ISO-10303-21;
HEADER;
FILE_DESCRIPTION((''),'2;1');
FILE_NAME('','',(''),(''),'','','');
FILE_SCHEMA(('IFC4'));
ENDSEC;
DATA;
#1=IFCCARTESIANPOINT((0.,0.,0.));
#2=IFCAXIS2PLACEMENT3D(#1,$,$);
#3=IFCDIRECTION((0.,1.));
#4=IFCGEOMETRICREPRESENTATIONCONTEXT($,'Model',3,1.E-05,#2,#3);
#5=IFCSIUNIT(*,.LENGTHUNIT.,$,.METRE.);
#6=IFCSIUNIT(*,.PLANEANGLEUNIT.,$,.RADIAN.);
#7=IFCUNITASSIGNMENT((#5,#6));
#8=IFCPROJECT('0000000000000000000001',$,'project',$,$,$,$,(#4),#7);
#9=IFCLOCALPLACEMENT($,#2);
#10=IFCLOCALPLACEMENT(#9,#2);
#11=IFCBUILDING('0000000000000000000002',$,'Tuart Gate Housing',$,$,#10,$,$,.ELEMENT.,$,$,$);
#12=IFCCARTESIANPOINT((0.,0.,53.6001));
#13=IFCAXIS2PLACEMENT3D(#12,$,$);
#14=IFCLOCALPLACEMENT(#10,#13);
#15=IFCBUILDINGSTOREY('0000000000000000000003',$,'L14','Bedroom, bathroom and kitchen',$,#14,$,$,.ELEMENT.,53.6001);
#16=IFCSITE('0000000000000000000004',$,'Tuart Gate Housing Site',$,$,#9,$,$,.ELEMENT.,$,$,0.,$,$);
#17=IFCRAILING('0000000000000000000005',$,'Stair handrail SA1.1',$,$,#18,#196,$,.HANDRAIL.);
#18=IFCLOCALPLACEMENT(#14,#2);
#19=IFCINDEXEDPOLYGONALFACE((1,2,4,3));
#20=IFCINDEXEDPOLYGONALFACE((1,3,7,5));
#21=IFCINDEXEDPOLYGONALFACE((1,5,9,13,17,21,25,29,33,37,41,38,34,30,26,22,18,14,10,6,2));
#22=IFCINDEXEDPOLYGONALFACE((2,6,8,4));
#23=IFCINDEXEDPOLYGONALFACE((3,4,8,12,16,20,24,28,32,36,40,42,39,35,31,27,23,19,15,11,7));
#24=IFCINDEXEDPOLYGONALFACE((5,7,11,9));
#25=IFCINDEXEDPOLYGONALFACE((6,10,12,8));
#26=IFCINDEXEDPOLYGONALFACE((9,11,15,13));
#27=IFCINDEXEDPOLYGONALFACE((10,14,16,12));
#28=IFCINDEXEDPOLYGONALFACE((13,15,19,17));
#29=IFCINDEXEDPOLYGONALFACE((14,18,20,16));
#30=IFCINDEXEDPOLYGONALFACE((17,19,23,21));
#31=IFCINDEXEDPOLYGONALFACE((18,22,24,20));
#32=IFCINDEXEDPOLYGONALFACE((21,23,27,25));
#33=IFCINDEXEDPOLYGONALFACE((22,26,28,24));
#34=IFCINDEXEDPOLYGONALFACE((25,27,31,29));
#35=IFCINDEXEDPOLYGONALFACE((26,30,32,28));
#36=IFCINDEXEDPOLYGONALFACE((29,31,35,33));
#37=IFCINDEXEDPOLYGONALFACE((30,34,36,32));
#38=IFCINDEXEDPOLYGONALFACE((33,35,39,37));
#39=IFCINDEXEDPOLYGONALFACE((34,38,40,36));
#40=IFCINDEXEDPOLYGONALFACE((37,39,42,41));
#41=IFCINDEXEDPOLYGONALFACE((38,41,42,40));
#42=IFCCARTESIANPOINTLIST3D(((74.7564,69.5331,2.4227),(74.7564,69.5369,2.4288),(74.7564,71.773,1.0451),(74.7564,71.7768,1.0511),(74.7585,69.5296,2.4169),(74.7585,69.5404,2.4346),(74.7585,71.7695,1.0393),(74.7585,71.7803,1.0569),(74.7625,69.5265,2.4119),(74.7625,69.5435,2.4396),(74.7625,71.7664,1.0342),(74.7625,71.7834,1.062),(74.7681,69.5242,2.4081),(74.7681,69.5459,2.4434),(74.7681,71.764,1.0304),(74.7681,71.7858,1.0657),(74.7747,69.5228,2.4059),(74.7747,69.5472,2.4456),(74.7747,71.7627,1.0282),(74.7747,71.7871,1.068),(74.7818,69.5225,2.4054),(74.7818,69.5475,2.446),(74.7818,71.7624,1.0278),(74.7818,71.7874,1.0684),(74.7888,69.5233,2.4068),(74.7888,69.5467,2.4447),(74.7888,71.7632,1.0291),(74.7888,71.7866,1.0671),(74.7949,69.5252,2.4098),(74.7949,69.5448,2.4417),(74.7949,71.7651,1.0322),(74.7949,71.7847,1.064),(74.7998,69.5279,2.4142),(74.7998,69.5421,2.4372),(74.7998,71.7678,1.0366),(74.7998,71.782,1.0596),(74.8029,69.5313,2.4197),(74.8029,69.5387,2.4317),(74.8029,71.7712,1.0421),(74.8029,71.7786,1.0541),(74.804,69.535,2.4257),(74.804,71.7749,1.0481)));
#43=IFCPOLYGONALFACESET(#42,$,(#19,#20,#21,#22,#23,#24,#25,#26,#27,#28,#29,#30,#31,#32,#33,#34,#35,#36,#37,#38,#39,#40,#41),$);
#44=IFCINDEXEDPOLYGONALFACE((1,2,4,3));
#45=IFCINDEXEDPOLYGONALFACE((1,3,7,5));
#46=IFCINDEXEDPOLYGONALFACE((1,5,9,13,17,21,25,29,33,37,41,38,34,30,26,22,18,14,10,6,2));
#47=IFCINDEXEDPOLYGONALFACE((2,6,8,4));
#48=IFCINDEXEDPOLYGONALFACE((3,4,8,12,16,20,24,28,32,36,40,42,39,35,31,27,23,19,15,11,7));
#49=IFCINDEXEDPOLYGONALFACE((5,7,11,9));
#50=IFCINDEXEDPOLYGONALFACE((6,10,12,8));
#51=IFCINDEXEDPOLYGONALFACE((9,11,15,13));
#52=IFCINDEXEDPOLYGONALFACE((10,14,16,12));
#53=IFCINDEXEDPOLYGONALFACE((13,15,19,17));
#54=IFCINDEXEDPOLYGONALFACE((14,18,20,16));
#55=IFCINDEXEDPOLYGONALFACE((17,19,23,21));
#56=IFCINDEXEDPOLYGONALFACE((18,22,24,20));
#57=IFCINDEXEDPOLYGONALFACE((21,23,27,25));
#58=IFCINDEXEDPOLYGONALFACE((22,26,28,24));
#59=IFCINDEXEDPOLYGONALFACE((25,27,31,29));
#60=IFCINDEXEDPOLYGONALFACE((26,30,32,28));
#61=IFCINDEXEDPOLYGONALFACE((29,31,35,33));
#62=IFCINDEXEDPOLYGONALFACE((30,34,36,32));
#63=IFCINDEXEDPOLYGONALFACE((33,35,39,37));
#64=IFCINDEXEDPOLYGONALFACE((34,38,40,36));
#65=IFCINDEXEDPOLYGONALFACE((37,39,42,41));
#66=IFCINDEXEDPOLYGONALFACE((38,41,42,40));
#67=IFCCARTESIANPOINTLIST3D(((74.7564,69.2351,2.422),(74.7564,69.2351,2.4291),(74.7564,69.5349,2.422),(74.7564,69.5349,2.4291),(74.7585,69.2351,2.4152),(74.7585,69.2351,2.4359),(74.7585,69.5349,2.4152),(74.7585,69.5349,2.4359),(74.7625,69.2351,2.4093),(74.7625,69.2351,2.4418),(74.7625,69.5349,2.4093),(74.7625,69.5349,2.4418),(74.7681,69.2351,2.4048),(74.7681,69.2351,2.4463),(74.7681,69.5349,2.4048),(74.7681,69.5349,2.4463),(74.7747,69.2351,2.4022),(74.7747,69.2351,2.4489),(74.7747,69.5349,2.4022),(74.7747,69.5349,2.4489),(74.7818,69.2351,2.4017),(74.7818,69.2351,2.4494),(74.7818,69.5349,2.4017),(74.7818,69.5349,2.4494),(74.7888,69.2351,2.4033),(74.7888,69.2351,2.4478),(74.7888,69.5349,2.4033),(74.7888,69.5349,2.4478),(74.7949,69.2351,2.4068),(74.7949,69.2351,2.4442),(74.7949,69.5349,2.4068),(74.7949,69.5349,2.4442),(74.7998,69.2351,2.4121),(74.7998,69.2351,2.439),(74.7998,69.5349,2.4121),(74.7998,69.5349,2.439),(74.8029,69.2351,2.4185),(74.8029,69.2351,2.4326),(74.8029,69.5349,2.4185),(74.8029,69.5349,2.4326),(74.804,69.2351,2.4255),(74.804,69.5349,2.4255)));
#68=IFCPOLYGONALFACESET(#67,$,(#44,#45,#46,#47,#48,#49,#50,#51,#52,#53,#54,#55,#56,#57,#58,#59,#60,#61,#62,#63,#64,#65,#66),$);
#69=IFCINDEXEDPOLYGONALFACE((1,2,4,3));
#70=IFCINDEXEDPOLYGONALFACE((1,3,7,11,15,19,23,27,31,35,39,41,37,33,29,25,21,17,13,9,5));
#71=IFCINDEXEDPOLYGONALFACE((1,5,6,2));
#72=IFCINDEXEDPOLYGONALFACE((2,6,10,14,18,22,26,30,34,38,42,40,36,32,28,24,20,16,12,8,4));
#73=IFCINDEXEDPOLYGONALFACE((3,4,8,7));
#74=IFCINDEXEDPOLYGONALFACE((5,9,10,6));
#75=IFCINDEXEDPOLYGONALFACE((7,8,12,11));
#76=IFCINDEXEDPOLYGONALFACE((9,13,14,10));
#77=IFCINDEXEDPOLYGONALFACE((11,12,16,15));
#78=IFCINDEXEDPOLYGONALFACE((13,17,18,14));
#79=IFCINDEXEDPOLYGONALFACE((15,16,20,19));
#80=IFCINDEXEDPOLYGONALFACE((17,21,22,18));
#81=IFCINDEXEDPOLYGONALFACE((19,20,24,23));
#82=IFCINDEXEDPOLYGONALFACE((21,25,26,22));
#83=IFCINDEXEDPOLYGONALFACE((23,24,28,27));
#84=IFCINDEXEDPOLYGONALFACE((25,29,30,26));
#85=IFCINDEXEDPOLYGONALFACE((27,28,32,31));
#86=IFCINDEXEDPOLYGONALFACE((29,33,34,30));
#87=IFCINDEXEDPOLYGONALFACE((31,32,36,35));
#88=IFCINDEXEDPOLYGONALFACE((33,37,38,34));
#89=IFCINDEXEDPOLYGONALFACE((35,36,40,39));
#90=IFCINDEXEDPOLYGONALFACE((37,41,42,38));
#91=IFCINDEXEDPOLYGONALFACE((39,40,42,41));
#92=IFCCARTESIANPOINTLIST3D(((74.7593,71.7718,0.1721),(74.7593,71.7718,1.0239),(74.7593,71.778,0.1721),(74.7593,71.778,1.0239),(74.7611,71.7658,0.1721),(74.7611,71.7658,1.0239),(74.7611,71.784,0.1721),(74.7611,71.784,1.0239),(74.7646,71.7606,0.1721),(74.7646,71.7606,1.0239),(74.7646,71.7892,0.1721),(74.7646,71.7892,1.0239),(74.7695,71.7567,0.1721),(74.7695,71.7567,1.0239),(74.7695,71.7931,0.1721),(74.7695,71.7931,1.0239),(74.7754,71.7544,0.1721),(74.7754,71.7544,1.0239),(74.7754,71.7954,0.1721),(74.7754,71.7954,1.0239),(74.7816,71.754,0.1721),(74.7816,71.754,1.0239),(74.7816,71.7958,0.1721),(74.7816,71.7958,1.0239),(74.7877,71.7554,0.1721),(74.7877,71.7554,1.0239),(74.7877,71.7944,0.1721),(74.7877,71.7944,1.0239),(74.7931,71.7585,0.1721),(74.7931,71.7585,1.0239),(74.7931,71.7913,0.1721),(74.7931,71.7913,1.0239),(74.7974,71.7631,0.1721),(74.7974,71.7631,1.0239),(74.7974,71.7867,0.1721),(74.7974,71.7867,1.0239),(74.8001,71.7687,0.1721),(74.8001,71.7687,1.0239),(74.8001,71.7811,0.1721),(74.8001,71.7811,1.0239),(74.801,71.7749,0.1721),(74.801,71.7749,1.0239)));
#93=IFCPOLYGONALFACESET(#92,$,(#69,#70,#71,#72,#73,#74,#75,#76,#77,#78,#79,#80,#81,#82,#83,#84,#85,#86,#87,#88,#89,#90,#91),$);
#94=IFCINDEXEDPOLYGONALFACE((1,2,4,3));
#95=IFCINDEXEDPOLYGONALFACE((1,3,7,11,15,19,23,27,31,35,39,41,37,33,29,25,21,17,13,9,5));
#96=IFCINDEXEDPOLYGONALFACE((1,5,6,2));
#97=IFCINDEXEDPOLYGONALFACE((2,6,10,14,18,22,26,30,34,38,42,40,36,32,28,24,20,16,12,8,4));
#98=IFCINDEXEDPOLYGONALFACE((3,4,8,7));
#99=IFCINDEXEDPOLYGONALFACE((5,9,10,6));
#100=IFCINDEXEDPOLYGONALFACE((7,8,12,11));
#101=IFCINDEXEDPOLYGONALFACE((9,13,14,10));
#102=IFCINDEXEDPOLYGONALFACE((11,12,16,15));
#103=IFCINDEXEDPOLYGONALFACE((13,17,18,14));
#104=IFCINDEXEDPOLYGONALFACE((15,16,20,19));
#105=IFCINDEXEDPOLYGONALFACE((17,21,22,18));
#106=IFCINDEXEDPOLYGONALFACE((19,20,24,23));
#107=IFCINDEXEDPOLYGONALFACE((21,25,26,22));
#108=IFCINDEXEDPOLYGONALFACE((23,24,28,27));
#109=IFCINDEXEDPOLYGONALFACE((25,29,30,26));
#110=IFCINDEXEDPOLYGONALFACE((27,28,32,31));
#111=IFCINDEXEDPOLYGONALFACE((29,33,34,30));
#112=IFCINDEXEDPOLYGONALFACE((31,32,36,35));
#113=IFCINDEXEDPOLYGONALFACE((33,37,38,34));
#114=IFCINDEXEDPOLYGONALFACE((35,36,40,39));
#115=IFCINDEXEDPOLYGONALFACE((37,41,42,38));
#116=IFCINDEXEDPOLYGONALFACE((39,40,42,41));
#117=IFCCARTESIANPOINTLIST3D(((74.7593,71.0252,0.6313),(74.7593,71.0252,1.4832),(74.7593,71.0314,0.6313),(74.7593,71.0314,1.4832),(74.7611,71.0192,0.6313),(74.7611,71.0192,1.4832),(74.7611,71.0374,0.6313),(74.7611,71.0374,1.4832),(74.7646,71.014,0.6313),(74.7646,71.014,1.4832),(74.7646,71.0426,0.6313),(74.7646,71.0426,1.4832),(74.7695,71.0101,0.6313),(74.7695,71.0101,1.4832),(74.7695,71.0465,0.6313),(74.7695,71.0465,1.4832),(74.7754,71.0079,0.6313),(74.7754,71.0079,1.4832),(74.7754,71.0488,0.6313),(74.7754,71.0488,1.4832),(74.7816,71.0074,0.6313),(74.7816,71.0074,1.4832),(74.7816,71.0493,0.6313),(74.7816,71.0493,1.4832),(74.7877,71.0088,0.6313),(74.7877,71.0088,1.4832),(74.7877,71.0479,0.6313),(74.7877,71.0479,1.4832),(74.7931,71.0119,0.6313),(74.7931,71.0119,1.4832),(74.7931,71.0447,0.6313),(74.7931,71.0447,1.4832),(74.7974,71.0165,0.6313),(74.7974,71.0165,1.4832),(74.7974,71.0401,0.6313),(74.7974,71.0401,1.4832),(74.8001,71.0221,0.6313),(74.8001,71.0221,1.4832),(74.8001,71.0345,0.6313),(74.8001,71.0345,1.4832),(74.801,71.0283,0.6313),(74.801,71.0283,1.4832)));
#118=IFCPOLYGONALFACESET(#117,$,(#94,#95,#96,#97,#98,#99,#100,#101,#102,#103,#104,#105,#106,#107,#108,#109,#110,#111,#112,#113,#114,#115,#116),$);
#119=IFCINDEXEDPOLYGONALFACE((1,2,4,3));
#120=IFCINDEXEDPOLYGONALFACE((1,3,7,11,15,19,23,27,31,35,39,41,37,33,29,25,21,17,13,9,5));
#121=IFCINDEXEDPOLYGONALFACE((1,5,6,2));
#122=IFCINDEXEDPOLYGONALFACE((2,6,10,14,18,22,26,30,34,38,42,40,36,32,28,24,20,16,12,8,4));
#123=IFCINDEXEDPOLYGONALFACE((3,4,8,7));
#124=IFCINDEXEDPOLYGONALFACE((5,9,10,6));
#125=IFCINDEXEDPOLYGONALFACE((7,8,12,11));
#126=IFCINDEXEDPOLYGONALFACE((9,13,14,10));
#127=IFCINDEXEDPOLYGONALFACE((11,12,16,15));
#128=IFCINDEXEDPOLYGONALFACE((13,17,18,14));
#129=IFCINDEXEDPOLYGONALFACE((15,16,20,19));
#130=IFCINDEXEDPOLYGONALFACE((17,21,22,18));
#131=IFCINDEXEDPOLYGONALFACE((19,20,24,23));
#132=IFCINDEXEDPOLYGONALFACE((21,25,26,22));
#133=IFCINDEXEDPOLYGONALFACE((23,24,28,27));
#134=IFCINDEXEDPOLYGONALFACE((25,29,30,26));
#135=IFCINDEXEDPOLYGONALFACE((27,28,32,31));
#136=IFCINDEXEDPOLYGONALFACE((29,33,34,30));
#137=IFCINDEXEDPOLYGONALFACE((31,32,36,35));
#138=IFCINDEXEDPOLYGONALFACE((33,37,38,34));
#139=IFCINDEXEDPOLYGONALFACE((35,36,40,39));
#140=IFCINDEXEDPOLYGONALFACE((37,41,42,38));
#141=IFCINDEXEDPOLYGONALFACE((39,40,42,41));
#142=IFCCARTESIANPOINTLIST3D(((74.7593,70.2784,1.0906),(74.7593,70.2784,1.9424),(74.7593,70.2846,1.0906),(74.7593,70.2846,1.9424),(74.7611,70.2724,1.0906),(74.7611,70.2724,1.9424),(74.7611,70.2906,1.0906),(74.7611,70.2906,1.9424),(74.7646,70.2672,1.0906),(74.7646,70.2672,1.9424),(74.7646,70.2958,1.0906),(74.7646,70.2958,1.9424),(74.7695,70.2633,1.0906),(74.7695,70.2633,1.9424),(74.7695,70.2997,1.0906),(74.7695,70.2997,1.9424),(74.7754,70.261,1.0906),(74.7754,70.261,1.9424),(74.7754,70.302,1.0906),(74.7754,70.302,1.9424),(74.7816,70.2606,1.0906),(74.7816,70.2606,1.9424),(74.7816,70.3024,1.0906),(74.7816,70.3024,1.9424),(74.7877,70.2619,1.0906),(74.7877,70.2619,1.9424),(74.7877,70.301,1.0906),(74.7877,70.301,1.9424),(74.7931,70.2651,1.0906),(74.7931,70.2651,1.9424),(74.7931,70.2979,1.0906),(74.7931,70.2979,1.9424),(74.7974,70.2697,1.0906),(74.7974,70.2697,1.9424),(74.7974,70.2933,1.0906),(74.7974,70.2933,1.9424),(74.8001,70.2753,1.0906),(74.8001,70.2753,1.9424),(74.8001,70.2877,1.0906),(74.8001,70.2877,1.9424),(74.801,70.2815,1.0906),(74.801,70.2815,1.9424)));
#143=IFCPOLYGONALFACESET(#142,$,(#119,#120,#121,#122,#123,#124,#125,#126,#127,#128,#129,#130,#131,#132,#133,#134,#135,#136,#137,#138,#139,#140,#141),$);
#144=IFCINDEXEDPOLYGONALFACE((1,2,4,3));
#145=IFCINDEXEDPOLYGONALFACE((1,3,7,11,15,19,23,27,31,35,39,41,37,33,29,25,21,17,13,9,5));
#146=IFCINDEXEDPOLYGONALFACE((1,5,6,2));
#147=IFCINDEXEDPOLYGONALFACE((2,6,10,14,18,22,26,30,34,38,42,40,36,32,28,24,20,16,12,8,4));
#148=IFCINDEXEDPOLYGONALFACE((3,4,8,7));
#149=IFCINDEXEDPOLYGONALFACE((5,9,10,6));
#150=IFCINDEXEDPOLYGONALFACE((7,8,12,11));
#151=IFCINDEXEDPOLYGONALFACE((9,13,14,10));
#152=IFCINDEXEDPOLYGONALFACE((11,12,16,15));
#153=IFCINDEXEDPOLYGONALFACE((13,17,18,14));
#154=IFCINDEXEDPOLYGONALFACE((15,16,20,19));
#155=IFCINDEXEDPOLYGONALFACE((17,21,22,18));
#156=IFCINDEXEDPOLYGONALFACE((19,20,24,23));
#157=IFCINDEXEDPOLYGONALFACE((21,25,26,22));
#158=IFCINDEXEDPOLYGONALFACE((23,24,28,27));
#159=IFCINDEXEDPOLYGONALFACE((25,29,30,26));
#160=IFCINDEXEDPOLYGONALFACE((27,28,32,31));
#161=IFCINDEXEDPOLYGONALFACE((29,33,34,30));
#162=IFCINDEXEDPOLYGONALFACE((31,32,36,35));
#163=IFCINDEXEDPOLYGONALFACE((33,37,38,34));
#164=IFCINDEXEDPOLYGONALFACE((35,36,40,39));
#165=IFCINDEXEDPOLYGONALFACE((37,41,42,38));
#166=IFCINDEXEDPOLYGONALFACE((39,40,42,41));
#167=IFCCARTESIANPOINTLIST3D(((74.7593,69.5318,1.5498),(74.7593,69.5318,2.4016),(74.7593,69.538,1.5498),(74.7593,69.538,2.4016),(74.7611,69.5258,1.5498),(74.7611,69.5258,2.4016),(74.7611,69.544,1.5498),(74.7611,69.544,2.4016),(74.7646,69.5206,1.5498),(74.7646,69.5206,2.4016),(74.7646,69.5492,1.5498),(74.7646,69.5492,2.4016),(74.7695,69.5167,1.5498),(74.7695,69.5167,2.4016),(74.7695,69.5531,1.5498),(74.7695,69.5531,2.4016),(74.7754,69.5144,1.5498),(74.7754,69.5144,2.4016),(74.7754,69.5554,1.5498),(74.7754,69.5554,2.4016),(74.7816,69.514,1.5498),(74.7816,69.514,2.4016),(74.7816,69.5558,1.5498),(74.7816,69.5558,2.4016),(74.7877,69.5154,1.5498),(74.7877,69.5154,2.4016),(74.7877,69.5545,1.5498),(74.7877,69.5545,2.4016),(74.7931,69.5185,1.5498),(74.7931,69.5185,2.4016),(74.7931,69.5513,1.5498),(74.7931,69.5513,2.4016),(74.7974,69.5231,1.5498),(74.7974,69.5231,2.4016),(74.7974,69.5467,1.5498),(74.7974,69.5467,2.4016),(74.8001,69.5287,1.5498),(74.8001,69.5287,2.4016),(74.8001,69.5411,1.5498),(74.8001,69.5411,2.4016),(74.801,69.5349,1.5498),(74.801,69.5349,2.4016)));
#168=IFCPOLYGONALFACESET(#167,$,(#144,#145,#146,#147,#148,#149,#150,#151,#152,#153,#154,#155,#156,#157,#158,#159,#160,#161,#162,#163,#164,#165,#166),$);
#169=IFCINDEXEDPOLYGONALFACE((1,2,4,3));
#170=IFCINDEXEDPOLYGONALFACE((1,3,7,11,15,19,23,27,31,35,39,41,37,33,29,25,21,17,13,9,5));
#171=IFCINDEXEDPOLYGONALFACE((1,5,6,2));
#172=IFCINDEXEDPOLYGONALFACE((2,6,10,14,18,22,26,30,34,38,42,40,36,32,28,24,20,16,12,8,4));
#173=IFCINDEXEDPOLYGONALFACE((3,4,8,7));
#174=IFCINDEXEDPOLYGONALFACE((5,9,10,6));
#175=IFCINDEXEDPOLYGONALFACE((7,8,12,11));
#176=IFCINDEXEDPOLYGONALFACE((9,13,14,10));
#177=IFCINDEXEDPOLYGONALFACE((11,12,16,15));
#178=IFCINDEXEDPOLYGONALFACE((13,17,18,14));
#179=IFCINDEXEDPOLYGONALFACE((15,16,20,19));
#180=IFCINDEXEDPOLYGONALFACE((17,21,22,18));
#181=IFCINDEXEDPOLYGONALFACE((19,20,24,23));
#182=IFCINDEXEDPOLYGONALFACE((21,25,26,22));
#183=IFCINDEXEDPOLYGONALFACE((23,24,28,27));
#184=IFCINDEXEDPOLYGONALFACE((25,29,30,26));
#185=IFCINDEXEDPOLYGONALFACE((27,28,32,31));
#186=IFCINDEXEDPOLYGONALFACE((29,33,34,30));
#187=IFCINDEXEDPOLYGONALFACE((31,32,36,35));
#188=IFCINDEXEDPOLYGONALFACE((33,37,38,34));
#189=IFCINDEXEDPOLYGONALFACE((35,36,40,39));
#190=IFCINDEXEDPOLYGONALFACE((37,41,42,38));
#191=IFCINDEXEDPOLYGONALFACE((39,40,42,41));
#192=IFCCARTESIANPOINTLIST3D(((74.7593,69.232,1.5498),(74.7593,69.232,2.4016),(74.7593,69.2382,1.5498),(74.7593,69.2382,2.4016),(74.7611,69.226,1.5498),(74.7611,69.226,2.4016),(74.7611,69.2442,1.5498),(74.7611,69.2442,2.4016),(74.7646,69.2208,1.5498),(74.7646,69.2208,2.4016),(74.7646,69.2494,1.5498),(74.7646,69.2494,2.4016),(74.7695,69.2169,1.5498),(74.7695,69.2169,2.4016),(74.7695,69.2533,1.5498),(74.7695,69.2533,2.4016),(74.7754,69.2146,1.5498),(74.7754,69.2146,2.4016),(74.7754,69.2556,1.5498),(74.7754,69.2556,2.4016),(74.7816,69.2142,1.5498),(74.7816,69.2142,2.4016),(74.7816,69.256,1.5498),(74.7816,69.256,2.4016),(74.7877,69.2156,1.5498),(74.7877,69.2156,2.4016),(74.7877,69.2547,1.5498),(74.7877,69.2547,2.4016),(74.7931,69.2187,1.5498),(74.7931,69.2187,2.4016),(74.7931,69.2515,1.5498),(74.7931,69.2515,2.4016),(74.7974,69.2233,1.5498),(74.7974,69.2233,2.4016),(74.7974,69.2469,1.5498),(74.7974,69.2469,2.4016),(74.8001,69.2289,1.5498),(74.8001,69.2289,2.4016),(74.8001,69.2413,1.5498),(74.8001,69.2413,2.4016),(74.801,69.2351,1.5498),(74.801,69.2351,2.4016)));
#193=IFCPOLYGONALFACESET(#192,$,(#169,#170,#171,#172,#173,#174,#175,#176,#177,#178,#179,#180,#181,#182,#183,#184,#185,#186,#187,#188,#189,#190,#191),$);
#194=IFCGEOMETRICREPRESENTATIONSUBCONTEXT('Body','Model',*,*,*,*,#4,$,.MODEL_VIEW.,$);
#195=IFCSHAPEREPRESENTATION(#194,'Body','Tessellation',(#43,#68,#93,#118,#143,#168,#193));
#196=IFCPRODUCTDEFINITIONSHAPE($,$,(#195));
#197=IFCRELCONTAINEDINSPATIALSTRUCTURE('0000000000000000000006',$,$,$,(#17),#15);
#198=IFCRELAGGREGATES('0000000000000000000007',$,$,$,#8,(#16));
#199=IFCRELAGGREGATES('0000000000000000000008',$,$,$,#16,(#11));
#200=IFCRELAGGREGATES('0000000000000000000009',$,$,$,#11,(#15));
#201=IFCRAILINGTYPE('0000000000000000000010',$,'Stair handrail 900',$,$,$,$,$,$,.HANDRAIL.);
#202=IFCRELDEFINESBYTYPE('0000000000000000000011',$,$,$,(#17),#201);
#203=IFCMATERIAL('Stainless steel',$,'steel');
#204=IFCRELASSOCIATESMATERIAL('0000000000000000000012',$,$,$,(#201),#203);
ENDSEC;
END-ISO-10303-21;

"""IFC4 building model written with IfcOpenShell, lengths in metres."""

from ifc_helpers import new_model, si_unit, direction, frame, origin, origin_2d, place, context, subcontext, project, spatial, circle, extrude, material, type_object, element, save


model = new_model("IFC4")

# Units and contexts
model_context = context("Model", 3, precision=1e-05, world=origin(), true_north=direction((0.0, 1.0)))
body_context = subcontext(model_context, "Body", "Model", "MODEL_VIEW")
ifc_project = project(units=[si_unit("LENGTHUNIT", "METRE"), si_unit("PLANEANGLEUNIT", "RADIAN")], contexts=[model_context])

# Site, building, storey
site_placement = place(None, origin())
site = spatial("IfcSite", under=ifc_project, at=site_placement, Name="Tuart Gate Housing Site", CompositionType="ELEMENT", RefElevation=0.0)
building_placement = place(site_placement, origin())
building = spatial("IfcBuilding", under=site, at=building_placement, Name="Tuart Gate Housing", CompositionType="ELEMENT")
storey_placement = place(building_placement, frame((0.0, 0.0, 53.6001)))
storey = spatial("IfcBuildingStorey", under=building, at=storey_placement, Name="L14", Description="Bedroom, bathroom and kitchen", CompositionType="ELEMENT", Elevation=53.6001)

# Railing
ifc_material_1 = material(Name="Stainless steel", Category="steel")
railing_type = type_object("IfcRailingType", Name="Stair handrail 900", PredefinedType="HANDRAIL", material=ifc_material_1)
railing_placement = place(storey_placement, frame((74.78, 71.7749, 0.1721)))
element("IfcRailing", 1, at=railing_placement, inside=storey, type_object=railing_type, Name="Stair handrail SA1.1", PredefinedType="HANDRAIL", context=body_context, shape_type="SweptSolid", body=[
    extrude(circle(Radius=0.0239, at=origin_2d()), frame((0.0, 0.0, 0.876), z_axis=(0.0, -0.851789, 0.523885), x_axis=(1.0, 0.0, 0.0)), (0.0, 0.0, 1.0), 2.6296),
    extrude(circle(Radius=0.0239, at=origin_2d()), frame((0.0, -2.24, 2.2534), z_axis=(0.0, -1.0, 0.0), x_axis=(1.0, 0.0, 0.0)), (0.0, 0.0, 1.0), 0.2998),
    extrude(circle(Radius=0.021, at=origin_2d()), origin(), (0.0, 0.0, 1.0), 0.8518),
    extrude(circle(Radius=0.021, at=origin_2d()), frame((0.0, -0.7466, 0.4592)), (0.0, 0.0, 1.0), 0.8518),
    extrude(circle(Radius=0.021, at=origin_2d()), frame((0.0, -1.4934, 0.9185)), (0.0, 0.0, 1.0), 0.8518),
    extrude(circle(Radius=0.021, at=origin_2d()), frame((0.0, -2.24, 1.3777)), (0.0, 0.0, 1.0), 0.8518),
    extrude(circle(Radius=0.021, at=origin_2d()), frame((0.0, -2.5398, 1.3777)), (0.0, 0.0, 1.0), 0.8518),
])

save(model, "model.ifc")
